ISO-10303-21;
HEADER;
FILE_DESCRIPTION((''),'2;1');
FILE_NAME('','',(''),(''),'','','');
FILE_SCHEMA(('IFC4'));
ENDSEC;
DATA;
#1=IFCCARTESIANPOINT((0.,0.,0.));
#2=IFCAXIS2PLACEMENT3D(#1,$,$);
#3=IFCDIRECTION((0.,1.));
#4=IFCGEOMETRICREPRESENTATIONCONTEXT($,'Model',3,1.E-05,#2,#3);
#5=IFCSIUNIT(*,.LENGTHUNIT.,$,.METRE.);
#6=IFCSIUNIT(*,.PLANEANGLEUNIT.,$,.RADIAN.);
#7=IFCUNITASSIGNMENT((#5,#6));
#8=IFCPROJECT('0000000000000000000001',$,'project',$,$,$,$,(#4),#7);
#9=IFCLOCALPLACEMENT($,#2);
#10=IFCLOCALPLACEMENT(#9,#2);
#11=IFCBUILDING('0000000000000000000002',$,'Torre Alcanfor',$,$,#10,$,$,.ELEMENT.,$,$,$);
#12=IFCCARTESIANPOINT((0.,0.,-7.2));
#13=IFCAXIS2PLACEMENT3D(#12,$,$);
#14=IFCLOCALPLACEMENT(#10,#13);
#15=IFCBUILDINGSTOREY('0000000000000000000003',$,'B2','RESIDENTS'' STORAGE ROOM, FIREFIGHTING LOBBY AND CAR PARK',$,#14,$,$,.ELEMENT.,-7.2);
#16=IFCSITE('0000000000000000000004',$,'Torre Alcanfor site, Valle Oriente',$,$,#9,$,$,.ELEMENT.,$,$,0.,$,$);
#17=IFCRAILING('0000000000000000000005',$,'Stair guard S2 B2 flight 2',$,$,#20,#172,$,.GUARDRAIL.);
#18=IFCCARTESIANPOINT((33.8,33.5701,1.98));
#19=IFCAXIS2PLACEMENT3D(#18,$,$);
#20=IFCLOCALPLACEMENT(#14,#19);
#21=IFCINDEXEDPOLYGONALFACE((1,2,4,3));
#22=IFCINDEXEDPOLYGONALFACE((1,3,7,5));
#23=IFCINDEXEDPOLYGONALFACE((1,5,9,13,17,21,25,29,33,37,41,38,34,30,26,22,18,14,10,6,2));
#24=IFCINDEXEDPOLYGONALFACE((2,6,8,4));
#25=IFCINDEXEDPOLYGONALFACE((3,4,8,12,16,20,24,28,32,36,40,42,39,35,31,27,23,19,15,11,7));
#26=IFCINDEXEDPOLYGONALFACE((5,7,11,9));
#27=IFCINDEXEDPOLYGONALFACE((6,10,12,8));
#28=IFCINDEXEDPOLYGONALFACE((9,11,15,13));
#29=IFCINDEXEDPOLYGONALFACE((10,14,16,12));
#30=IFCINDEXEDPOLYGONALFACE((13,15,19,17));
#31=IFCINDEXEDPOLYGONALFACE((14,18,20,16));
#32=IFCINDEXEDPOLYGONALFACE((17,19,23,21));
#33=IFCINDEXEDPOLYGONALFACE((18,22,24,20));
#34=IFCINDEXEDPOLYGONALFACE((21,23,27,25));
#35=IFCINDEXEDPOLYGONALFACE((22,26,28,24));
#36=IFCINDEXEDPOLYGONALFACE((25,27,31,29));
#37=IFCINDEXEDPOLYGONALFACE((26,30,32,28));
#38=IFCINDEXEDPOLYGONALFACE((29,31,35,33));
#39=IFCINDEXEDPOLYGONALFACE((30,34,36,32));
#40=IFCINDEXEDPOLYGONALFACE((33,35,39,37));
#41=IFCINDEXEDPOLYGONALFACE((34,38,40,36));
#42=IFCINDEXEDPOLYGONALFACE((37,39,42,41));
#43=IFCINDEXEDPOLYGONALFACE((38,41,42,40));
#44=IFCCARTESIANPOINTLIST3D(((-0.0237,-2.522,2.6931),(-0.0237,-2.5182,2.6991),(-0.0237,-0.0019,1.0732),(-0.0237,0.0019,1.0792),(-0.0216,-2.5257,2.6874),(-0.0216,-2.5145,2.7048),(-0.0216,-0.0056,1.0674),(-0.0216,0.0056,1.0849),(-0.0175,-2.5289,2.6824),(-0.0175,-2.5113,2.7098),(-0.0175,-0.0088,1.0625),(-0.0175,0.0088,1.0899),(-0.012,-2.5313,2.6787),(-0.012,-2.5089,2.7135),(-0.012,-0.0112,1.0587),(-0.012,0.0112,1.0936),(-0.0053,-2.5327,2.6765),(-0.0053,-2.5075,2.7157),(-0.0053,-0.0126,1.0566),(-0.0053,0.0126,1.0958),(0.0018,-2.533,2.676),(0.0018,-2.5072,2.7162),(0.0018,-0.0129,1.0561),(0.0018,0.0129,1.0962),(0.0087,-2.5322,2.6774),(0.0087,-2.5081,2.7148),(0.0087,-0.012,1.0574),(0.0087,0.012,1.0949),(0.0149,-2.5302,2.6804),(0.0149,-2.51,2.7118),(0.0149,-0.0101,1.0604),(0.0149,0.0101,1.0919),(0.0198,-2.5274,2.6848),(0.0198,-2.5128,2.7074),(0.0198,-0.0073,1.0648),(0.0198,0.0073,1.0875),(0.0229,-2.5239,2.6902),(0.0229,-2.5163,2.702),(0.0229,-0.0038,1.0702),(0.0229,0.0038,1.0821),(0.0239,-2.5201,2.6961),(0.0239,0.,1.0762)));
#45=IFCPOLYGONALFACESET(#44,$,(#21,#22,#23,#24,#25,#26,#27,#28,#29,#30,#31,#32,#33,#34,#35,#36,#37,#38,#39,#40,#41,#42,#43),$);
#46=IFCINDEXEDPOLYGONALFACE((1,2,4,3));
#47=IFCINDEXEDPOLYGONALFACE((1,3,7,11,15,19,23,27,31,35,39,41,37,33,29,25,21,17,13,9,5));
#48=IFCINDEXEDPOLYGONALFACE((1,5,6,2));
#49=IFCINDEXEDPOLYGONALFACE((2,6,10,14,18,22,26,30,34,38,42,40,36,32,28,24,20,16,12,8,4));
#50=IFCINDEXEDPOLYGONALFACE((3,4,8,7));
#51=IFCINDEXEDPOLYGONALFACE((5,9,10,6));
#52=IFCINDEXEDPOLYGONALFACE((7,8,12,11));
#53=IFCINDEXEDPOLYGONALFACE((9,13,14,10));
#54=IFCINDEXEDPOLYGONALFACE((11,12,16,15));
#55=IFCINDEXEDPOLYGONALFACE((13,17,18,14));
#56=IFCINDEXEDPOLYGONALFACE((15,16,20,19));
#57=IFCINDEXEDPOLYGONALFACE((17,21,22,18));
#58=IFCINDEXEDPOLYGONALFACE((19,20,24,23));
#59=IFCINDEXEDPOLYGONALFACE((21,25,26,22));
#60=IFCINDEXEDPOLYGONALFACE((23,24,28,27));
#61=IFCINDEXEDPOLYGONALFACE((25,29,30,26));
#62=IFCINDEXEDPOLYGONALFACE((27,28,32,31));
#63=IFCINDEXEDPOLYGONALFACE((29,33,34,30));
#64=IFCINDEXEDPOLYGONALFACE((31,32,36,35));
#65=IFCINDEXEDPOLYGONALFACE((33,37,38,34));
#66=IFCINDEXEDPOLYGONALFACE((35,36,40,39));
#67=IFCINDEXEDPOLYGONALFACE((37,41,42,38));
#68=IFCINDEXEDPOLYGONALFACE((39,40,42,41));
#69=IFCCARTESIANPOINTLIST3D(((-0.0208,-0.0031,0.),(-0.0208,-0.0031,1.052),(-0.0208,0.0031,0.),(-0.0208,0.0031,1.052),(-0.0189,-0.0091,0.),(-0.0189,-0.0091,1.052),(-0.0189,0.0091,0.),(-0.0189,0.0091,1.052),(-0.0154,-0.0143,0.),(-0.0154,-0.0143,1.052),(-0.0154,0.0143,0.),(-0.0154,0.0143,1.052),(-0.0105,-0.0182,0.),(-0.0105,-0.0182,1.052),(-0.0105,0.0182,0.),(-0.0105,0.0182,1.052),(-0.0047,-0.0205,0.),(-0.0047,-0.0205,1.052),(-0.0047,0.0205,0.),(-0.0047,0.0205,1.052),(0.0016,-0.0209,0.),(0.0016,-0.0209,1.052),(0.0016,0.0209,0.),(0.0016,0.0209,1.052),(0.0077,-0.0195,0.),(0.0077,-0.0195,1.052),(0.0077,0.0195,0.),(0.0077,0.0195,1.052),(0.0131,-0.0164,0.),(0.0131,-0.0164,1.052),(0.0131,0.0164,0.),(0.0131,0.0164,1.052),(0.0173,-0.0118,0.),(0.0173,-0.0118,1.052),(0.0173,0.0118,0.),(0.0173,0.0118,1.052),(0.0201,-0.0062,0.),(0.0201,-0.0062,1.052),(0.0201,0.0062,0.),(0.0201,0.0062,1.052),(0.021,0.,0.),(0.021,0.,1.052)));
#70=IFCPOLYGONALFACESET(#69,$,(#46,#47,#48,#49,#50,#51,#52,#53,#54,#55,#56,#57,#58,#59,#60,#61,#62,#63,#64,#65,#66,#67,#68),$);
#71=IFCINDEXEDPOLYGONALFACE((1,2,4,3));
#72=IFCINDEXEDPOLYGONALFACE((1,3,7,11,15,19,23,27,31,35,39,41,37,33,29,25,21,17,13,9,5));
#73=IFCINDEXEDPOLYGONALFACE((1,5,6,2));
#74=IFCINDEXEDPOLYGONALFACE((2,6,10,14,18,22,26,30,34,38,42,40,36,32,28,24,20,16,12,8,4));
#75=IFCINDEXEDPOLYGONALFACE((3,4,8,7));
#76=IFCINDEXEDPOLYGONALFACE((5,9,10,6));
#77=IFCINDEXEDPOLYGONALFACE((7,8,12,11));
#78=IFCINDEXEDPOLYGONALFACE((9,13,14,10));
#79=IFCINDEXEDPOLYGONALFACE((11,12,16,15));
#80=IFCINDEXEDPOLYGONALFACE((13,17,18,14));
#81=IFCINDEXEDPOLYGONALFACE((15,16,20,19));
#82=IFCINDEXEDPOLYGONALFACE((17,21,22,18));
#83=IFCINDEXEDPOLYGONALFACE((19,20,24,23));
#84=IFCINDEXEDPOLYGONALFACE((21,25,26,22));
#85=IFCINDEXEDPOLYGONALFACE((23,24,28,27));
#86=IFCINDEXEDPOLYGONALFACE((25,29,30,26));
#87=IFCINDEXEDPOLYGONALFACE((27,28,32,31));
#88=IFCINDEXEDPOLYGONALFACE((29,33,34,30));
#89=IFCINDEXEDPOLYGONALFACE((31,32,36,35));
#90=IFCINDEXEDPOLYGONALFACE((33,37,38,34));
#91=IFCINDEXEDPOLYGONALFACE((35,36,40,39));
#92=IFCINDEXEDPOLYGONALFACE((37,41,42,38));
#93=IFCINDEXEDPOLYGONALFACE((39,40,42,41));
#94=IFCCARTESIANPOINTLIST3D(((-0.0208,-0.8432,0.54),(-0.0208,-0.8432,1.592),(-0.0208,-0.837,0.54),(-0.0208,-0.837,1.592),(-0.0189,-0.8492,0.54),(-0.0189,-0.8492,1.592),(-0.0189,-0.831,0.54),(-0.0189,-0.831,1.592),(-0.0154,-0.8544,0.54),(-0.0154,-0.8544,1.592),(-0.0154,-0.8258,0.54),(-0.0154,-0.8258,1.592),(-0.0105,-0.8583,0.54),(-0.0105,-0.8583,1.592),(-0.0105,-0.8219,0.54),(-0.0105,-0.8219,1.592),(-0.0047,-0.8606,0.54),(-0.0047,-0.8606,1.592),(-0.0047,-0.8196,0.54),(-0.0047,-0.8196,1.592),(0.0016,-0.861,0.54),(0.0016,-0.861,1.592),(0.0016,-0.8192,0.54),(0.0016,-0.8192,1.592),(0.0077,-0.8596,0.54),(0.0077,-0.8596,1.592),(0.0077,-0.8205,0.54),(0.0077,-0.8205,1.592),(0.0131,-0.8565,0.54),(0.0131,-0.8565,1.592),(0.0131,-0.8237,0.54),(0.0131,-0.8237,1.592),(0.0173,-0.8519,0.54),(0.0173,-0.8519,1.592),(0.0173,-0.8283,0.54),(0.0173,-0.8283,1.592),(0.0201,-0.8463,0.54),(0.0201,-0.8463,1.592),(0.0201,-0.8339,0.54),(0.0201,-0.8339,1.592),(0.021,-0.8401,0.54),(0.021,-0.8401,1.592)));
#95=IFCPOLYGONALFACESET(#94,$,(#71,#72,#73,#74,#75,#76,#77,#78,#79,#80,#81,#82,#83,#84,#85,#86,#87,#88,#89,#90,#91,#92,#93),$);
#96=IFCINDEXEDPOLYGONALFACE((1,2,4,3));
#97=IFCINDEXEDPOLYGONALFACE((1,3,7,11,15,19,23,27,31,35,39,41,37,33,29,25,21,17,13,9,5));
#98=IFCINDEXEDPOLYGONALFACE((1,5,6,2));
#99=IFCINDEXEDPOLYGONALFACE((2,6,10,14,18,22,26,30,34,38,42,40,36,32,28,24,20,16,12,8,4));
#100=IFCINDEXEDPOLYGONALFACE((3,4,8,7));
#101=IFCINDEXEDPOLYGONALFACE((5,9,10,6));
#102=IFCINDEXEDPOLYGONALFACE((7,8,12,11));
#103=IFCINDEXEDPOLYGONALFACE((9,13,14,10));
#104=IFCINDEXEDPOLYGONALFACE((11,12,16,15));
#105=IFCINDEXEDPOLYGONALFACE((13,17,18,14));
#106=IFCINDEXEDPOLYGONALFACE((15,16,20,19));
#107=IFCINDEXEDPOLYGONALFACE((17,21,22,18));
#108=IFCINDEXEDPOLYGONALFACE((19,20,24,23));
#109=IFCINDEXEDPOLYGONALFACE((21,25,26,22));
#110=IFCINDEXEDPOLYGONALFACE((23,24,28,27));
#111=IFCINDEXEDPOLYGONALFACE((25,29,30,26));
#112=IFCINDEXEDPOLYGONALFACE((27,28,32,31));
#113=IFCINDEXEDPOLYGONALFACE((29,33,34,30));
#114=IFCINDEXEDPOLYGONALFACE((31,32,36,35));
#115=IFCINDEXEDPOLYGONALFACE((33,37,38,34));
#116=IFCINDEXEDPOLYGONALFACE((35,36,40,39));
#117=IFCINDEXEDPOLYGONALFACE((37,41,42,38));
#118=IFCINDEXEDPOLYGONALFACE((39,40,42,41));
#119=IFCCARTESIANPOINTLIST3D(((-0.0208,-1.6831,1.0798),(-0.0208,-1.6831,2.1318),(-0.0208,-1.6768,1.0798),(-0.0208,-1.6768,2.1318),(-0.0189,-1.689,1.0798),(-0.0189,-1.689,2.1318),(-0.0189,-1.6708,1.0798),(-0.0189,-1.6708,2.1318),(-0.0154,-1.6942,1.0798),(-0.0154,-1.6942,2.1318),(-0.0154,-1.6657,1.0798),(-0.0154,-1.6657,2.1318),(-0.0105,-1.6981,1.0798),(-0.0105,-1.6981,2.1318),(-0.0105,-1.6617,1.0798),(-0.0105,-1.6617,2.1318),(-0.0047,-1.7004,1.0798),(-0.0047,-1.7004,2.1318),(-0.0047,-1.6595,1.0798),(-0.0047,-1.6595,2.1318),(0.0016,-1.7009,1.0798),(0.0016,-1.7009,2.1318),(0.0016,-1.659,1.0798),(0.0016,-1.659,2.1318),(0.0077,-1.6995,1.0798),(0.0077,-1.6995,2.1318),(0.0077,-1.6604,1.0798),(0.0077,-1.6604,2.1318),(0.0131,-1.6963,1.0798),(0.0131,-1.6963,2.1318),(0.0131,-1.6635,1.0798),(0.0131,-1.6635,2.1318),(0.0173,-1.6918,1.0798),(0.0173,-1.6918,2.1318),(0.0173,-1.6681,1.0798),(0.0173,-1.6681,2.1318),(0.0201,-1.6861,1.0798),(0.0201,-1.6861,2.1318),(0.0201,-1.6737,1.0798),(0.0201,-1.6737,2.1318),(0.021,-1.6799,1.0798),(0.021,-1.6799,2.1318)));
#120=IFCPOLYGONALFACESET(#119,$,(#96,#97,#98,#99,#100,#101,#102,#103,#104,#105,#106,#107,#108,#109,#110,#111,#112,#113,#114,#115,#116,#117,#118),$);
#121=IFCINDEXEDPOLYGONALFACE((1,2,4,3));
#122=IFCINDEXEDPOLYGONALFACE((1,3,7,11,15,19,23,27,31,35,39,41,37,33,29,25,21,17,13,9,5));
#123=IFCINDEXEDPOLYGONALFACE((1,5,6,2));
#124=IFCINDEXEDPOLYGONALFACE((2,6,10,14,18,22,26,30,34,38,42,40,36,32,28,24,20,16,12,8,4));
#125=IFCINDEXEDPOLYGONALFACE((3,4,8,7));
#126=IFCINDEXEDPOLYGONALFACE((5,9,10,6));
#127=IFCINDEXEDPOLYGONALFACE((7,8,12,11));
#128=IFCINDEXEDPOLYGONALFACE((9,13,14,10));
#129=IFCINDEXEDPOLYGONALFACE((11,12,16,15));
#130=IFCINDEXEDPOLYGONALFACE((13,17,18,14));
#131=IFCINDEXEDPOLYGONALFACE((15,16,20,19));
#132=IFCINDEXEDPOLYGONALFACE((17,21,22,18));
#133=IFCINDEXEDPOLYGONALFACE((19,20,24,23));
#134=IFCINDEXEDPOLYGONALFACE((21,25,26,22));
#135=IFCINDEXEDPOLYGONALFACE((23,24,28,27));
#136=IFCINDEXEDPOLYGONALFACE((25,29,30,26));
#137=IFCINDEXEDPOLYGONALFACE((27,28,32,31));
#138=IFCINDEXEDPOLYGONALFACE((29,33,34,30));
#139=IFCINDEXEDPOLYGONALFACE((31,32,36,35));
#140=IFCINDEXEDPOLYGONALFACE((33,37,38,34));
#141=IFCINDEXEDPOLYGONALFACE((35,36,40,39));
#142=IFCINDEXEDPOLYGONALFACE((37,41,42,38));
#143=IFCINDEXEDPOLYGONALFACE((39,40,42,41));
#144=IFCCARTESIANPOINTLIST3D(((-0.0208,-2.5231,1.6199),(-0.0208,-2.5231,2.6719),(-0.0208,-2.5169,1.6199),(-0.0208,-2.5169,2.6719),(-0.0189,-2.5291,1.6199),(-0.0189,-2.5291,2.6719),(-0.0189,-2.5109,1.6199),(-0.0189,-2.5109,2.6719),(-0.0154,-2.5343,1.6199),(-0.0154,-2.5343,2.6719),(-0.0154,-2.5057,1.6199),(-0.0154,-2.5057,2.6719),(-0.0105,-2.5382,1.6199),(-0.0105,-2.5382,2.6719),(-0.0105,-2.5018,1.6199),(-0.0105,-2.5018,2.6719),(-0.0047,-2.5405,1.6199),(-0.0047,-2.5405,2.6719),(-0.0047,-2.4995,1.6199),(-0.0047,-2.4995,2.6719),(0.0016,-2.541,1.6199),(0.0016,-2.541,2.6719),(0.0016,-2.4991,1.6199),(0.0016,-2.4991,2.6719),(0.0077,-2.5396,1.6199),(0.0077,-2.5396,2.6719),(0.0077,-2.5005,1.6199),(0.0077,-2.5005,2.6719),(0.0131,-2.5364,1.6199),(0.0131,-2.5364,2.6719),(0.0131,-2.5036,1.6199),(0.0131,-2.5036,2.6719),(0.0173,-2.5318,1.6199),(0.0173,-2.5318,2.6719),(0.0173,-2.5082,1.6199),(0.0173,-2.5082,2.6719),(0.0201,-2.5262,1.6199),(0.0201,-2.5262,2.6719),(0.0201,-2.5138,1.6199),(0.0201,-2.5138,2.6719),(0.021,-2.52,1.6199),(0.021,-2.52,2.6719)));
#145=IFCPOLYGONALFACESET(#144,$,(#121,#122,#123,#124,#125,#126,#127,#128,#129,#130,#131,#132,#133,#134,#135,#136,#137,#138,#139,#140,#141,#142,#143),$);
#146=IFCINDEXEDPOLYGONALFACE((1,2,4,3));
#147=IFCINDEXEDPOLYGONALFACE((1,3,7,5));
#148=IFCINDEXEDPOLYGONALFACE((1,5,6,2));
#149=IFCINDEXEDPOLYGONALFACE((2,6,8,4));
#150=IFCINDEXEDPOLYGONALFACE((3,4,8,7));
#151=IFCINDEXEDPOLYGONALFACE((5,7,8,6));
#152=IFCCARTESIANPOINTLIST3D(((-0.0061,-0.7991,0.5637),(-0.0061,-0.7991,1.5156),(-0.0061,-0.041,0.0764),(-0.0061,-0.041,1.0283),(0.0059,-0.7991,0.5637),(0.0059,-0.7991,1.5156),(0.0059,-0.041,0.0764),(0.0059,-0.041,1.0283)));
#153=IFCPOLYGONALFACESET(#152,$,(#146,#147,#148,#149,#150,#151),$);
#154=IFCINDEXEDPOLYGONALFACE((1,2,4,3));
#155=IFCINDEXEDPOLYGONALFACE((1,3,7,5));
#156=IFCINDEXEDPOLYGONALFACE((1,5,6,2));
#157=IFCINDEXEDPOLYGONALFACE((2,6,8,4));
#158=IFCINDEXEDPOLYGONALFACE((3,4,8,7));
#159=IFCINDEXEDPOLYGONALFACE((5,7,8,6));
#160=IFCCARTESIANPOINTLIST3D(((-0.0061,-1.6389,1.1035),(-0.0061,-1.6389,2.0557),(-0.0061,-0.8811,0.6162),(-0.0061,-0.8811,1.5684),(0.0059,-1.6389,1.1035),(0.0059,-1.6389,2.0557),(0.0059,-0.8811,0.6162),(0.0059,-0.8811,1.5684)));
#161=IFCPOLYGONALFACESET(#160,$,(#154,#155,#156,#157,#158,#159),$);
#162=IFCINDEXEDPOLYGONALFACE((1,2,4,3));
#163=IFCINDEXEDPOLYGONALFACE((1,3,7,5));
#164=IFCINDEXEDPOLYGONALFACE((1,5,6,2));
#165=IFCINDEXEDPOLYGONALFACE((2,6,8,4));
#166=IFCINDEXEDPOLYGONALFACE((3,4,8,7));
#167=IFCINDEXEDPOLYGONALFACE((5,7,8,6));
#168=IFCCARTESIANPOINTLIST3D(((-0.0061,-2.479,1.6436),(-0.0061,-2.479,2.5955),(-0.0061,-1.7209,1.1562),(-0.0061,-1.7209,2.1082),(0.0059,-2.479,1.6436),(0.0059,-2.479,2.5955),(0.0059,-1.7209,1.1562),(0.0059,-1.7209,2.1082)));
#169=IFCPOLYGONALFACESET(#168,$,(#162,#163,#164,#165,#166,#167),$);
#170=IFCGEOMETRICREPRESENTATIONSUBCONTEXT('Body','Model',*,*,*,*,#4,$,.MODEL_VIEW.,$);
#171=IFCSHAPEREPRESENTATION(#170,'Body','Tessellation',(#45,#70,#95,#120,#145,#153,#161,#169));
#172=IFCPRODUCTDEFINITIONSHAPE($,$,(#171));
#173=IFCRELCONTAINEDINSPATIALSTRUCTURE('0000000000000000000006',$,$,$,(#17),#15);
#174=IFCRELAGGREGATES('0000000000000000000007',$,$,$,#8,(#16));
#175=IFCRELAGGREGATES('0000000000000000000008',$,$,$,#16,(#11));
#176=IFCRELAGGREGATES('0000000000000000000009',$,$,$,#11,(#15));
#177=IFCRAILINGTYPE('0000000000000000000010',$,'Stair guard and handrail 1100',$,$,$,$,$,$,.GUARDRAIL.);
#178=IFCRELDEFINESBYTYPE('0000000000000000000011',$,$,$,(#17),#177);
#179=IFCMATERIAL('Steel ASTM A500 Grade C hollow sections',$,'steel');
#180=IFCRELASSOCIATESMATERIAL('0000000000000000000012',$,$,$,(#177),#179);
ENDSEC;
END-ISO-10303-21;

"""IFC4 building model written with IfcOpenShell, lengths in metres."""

from ifc_helpers import new_model, si_unit, direction, frame, origin, origin_2d, place, context, subcontext, project, spatial, polyline, circle, outline, extrude, material, type_object, element, save


model = new_model("IFC4")

# Units and contexts
model_context = context("Model", 3, precision=1e-05, world=origin(), true_north=direction((0.0, 1.0)))
body_context = subcontext(model_context, "Body", "Model", "MODEL_VIEW")
ifc_project = project(units=[si_unit("LENGTHUNIT", "METRE"), si_unit("PLANEANGLEUNIT", "RADIAN")], contexts=[model_context])

# Site, building, storey
site_placement = place(None, origin())
site = spatial("IfcSite", under=ifc_project, at=site_placement, Name="Torre Alcanfor site, Valle Oriente", CompositionType="ELEMENT", RefElevation=0.0)
building_placement = place(site_placement, origin())
building = spatial("IfcBuilding", under=site, at=building_placement, Name="Torre Alcanfor", CompositionType="ELEMENT")
storey_placement = place(building_placement, frame((0.0, 0.0, -7.2)))
storey = spatial("IfcBuildingStorey", under=building, at=storey_placement, Name="B2", Description="RESIDENTS' STORAGE ROOM, FIREFIGHTING LOBBY AND CAR PARK", CompositionType="ELEMENT", Elevation=-7.2)

# Railing
ifc_material_1 = material(Name="Steel ASTM A500 Grade C hollow sections", Category="steel")
railing_type_1 = type_object("IfcRailingType", Name="Stair guard and handrail 1100", PredefinedType="GUARDRAIL", material=ifc_material_1)
railing_1_placement = place(storey_placement, frame((33.8, 33.5701, 1.98)))
element("IfcRailing", 1, at=railing_1_placement, inside=storey, type_object=railing_type_1, Name="Stair guard S2 B2 flight 2", PredefinedType="GUARDRAIL", context=body_context, shape_type="SweptSolid", body=[
    extrude(circle(Radius=0.0239, at=origin_2d()), frame((0.0, 0.0, 1.0762), z_axis=(0.0, -0.8412, 0.540725), x_axis=(1.0, 0.0, 0.0)), (0.0, 0.0, 1.0), 2.9958),
    extrude(circle(Radius=0.021, at=origin_2d()), origin(), (0.0, 0.0, 1.0), 1.052),
    extrude(circle(Radius=0.021, at=origin_2d()), frame((0.0, -0.8401, 0.54)), (0.0, 0.0, 1.0), 1.052),
    extrude(circle(Radius=0.021, at=origin_2d()), frame((0.0, -1.6799, 1.0798)), (0.0, 0.0, 1.0), 1.052),
    extrude(circle(Radius=0.021, at=origin_2d()), frame((0.0, -2.52, 1.6199)), (0.0, 0.0, 1.0), 1.052),
    extrude(outline(polyline([(0.041, 0.0764), (0.7991, 0.5637), (0.7991, 1.5156), (0.041, 1.0283), (0.041, 0.0764)])), frame((0.0059, 0.0, 0.0), z_axis=(-1.0, 0.0, 0.0), x_axis=(0.0, -1.0, 0.0)), (0.0, 0.0, 1.0), 0.012),
    extrude(outline(polyline([(0.8811, 0.6162), (1.6389, 1.1035), (1.6389, 2.0557), (0.8811, 1.5684), (0.8811, 0.6162)])), frame((0.0059, 0.0, 0.0), z_axis=(-1.0, 0.0, 0.0), x_axis=(0.0, -1.0, 0.0)), (0.0, 0.0, 1.0), 0.012),
    extrude(outline(polyline([(1.7209, 1.1562), (2.479, 1.6436), (2.479, 2.5955), (1.7209, 2.1082), (1.7209, 1.1562)])), frame((0.0059, 0.0, 0.0), z_axis=(-1.0, 0.0, 0.0), x_axis=(0.0, -1.0, 0.0)), (0.0, 0.0, 1.0), 0.012),
])

save(model, "model.ifc")
